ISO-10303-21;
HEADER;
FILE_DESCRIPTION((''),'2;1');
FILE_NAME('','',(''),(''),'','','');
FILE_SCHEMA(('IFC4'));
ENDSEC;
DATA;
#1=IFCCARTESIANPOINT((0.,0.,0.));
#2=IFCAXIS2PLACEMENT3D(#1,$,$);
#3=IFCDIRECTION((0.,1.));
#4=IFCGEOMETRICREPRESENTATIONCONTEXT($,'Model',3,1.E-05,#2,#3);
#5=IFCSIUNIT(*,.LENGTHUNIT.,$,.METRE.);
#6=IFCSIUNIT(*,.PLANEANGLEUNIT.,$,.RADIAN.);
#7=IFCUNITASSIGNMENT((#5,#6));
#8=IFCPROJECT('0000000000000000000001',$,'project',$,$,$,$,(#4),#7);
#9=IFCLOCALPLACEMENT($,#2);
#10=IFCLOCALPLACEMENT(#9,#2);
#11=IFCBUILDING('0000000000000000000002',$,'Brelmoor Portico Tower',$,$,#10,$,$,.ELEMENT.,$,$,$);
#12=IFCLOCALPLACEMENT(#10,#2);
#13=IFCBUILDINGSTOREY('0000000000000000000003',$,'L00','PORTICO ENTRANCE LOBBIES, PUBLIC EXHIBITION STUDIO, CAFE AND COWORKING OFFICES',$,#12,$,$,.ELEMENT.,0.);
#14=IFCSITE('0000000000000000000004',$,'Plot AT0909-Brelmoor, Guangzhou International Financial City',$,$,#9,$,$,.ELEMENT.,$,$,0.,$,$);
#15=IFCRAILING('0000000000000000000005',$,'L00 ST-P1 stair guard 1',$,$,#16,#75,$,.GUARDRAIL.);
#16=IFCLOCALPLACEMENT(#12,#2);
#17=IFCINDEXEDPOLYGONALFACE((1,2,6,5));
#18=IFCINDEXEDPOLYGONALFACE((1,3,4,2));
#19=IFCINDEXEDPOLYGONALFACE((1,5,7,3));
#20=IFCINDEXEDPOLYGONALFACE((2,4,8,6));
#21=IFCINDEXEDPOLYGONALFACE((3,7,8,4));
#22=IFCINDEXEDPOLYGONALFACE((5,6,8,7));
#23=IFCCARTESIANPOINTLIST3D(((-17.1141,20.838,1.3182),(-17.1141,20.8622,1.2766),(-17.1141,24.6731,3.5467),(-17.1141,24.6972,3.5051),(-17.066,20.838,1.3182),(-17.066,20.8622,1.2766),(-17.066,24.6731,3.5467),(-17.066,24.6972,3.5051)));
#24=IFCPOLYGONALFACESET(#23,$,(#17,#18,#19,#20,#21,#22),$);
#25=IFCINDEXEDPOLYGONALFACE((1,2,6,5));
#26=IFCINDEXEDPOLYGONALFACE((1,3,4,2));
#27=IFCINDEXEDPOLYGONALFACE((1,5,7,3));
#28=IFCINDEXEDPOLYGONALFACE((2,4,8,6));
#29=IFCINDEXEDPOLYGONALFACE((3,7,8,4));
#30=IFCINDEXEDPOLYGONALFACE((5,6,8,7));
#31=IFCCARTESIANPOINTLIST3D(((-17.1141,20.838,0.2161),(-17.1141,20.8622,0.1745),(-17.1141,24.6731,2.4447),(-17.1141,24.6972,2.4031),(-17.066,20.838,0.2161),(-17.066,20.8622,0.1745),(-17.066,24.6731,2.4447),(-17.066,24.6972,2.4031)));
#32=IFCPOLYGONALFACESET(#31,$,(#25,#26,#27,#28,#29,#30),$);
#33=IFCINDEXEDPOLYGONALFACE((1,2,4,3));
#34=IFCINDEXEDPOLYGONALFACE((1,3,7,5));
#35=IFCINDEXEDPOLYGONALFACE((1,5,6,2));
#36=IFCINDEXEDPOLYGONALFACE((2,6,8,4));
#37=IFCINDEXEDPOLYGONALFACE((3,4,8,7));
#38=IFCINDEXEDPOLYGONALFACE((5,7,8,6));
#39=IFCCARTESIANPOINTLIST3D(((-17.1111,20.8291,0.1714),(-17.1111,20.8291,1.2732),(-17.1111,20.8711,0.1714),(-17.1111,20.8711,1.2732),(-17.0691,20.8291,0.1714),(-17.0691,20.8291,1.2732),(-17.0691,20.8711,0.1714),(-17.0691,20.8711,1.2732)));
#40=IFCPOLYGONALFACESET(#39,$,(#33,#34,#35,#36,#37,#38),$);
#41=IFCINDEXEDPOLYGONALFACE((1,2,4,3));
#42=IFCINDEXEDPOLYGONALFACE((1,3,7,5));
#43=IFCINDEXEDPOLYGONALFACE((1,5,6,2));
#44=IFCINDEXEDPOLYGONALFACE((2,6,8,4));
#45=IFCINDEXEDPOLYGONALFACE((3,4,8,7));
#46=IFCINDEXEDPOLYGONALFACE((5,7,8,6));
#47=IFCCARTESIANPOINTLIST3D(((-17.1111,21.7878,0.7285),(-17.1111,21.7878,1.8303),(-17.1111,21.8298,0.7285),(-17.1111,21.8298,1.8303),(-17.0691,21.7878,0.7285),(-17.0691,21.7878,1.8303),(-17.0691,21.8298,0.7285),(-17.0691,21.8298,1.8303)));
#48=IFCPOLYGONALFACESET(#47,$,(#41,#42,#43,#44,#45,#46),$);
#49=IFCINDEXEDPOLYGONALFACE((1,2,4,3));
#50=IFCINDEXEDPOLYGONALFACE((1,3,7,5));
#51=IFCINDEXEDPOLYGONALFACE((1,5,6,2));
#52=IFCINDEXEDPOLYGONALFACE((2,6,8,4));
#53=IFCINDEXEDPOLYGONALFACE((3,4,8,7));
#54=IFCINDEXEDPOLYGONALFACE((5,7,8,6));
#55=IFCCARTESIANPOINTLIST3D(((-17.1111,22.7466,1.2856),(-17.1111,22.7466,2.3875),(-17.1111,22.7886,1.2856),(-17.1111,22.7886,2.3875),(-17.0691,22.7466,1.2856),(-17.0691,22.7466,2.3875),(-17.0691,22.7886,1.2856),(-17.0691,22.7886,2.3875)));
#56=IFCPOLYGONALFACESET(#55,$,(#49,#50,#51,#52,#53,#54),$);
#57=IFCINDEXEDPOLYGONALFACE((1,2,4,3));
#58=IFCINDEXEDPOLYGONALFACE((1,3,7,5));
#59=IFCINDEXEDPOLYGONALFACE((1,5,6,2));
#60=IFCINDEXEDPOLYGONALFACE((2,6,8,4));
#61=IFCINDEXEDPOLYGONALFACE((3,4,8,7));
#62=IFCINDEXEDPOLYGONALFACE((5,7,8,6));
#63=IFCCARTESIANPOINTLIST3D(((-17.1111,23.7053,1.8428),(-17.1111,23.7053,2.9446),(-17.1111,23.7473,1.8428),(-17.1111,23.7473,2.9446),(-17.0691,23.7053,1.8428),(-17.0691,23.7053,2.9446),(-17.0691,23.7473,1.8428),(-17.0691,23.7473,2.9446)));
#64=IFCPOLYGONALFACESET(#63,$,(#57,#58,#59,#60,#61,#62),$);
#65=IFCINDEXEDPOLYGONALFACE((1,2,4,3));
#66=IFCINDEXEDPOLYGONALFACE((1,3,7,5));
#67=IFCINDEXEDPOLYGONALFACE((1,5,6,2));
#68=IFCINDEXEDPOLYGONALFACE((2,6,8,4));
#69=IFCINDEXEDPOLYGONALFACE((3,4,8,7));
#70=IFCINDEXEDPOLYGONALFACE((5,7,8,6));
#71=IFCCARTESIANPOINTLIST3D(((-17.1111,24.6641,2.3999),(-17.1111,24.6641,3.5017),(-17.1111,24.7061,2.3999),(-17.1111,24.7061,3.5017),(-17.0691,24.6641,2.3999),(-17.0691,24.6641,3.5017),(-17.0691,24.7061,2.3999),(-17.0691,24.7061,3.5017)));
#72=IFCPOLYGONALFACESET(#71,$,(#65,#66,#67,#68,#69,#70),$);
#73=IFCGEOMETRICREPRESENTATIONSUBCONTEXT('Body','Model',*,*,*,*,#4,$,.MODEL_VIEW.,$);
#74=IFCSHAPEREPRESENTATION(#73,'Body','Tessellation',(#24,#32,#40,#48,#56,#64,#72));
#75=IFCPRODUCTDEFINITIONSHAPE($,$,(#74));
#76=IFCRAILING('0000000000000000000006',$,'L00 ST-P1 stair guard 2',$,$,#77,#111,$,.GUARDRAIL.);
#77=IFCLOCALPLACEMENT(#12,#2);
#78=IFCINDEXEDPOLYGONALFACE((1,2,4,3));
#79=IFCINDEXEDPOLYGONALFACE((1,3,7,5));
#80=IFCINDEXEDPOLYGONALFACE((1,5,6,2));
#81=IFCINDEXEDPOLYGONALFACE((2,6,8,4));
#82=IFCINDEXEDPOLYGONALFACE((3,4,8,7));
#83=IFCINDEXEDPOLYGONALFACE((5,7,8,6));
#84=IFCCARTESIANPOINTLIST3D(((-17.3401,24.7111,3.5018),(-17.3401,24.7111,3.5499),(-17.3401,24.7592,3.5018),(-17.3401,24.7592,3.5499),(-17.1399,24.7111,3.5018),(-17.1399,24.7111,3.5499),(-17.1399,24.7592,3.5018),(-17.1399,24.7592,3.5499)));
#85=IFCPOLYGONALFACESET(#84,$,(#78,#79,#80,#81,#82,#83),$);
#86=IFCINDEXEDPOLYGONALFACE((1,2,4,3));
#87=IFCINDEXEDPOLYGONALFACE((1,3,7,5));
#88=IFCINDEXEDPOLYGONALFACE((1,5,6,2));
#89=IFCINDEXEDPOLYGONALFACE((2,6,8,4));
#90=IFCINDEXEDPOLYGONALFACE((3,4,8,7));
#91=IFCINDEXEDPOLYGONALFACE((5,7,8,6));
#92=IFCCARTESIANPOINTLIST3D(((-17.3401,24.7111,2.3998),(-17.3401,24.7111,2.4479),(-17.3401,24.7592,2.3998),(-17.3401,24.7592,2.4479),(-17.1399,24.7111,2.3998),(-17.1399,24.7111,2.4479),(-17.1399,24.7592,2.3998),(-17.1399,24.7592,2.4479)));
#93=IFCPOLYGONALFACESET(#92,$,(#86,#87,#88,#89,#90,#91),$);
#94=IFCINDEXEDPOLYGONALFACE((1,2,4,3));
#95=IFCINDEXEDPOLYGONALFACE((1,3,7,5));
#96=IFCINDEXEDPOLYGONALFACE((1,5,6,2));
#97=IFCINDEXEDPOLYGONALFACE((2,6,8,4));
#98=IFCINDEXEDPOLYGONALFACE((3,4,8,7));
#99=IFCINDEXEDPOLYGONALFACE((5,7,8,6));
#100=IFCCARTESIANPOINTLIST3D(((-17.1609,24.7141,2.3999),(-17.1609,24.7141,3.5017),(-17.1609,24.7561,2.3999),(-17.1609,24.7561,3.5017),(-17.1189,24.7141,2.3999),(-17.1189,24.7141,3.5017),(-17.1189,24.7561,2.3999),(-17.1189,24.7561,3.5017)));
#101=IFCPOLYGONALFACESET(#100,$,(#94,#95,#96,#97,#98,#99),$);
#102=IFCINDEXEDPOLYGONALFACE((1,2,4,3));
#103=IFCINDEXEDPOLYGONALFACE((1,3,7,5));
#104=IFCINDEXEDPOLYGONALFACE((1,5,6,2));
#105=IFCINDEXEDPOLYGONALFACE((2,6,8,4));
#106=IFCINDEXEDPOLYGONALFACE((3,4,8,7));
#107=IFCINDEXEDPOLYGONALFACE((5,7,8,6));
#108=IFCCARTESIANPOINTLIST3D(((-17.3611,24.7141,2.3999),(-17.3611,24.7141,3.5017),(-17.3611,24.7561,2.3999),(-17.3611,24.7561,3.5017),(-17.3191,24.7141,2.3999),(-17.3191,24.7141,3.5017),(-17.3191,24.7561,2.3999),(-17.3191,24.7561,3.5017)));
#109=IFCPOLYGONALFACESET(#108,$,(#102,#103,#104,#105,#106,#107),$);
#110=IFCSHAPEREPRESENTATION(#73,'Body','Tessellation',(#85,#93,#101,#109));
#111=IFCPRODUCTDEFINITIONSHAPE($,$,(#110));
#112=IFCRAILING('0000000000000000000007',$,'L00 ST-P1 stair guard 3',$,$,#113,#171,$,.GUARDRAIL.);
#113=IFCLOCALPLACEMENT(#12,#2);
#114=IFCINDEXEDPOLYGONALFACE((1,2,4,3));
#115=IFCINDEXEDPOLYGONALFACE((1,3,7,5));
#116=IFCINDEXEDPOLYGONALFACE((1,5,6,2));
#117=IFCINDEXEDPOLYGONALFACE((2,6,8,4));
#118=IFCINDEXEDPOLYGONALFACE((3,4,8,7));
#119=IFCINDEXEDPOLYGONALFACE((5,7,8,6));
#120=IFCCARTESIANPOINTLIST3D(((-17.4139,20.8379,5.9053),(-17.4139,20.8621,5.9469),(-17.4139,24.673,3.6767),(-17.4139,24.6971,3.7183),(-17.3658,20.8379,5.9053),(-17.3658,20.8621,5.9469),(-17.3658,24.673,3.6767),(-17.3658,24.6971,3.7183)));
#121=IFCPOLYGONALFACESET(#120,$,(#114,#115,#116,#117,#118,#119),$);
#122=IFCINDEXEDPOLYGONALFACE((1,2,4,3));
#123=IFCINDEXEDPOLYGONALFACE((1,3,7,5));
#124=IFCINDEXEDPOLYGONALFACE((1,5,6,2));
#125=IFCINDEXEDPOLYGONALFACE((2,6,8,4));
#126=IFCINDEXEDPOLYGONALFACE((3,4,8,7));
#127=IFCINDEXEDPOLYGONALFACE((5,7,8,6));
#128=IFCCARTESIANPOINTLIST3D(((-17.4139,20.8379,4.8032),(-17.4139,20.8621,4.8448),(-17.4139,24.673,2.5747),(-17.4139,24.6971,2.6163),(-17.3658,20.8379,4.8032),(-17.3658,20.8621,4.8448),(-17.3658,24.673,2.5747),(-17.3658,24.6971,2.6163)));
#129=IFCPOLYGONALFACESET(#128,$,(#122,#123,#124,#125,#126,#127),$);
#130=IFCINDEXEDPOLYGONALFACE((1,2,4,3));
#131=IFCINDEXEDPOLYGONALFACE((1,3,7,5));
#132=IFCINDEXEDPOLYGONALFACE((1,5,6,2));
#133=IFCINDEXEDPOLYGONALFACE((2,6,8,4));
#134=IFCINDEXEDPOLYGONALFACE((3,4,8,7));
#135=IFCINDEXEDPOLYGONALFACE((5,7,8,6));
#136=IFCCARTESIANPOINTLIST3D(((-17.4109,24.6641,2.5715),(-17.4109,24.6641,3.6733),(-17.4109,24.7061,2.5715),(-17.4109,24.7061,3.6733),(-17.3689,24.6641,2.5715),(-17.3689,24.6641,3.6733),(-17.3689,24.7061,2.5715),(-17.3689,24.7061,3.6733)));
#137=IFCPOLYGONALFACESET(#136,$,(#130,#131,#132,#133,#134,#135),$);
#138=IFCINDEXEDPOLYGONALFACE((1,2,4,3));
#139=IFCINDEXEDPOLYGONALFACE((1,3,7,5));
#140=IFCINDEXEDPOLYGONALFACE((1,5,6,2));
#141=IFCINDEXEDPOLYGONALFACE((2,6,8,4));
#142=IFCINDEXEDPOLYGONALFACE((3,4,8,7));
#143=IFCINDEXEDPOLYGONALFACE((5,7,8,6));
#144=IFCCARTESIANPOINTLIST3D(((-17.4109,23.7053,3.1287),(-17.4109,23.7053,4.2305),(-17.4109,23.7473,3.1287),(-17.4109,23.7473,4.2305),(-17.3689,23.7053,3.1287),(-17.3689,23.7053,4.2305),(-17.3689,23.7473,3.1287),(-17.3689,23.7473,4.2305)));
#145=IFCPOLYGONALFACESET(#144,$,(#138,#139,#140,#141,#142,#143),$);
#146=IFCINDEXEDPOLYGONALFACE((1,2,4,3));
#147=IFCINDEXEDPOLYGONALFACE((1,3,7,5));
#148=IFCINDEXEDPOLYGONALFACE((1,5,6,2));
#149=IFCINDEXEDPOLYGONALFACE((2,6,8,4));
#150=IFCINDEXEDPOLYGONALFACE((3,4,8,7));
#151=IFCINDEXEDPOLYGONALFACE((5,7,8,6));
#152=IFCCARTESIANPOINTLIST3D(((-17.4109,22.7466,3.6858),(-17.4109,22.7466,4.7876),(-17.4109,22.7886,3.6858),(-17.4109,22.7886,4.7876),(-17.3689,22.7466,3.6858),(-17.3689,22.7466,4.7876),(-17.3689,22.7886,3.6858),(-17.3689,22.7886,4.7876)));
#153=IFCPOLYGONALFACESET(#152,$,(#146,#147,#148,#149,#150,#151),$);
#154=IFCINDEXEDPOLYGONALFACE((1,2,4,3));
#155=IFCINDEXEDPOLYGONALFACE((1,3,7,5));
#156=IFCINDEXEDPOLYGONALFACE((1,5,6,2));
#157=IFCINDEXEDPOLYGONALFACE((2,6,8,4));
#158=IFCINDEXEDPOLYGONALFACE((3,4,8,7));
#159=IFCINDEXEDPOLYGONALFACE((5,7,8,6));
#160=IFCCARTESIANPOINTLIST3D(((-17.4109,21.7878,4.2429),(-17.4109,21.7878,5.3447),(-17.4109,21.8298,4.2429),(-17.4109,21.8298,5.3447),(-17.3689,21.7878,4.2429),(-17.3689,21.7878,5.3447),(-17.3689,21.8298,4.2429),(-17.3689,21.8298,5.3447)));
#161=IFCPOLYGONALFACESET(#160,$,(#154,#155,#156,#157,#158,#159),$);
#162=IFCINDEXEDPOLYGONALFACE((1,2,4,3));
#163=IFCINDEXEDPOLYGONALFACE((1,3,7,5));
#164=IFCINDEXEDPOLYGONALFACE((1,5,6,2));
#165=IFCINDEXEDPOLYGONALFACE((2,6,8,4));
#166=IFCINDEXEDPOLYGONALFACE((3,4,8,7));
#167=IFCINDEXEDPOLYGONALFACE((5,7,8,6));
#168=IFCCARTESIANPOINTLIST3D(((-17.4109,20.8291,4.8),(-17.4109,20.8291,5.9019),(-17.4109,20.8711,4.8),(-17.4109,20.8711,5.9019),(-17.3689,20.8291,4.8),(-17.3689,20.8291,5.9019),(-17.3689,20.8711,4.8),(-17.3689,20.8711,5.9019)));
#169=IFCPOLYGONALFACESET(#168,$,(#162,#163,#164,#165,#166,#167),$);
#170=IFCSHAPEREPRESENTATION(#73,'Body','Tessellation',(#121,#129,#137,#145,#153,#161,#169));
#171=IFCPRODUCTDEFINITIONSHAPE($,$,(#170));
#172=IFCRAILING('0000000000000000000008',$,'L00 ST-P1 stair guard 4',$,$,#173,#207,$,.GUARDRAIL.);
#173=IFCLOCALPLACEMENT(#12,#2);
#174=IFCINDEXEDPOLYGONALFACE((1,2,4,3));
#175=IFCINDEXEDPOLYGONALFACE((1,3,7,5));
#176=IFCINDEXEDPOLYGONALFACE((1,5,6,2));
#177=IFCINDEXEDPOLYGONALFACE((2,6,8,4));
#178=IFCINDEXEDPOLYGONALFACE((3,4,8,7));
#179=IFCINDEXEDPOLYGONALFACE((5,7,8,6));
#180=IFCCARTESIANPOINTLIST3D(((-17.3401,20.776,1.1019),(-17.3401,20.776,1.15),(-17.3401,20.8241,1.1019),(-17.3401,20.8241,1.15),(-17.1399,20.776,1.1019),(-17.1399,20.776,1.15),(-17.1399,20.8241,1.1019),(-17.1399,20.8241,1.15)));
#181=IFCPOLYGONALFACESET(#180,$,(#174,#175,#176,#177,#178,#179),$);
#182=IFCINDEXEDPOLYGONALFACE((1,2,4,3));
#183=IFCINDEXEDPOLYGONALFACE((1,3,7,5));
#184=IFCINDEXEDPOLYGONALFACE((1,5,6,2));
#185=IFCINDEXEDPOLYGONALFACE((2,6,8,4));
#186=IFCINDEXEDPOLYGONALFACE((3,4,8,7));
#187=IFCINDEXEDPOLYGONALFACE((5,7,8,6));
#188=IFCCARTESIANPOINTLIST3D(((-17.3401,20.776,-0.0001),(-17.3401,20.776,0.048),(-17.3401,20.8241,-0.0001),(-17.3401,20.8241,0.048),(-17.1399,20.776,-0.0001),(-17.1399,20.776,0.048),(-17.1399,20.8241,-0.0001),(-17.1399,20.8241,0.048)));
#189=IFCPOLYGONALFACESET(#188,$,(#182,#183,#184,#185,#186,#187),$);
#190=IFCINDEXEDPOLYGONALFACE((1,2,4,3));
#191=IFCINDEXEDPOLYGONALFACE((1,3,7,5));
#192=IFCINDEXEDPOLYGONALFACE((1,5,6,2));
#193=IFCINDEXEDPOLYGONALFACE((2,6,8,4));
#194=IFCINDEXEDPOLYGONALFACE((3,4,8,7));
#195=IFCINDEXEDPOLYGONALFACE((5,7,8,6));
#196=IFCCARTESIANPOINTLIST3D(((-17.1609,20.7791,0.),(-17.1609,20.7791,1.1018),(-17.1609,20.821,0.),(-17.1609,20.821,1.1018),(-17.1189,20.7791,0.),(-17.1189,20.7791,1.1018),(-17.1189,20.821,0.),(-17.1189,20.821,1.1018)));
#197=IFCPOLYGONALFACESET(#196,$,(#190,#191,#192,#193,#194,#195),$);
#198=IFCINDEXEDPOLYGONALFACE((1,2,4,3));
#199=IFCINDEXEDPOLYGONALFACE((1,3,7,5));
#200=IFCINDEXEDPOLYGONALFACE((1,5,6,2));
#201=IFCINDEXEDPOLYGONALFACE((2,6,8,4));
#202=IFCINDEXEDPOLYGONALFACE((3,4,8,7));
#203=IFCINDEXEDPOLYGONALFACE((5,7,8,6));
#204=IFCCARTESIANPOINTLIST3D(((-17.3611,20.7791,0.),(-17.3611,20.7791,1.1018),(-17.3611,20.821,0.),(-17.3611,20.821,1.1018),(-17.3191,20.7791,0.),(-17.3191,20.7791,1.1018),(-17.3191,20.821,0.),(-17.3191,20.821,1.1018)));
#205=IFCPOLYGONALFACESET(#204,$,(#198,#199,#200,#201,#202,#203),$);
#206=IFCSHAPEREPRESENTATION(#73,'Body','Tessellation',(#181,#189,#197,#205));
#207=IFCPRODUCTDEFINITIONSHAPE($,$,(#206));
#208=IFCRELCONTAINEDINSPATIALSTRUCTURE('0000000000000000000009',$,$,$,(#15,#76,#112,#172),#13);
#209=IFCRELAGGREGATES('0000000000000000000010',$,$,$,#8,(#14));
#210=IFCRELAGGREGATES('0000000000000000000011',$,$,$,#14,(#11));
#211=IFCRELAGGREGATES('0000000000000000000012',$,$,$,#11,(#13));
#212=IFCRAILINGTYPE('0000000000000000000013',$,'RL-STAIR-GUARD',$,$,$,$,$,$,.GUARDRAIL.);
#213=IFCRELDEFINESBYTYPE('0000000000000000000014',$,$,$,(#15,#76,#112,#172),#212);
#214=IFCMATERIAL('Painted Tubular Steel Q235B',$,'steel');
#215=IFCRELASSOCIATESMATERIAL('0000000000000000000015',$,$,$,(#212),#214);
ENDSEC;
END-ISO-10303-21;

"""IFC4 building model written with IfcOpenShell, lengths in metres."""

from ifc_helpers import new_model, si_unit, direction, frame, origin, origin_2d, place, context, subcontext, project, spatial, rectangle, extrude, material, type_object, element, save


model = new_model("IFC4")

# Units and contexts
model_context = context("Model", 3, precision=1e-05, world=origin(), true_north=direction((0.0, 1.0)))
body_context = subcontext(model_context, "Body", "Model", "MODEL_VIEW")
ifc_project = project(units=[si_unit("LENGTHUNIT", "METRE"), si_unit("PLANEANGLEUNIT", "RADIAN")], contexts=[model_context])

# Site, building, storey
site_placement = place(None, origin())
site = spatial("IfcSite", under=ifc_project, at=site_placement, Name="Plot AT0909-Brelmoor, Guangzhou International Financial City", CompositionType="ELEMENT", RefElevation=0.0)
building_placement = place(site_placement, origin())
building = spatial("IfcBuilding", under=site, at=building_placement, Name="Brelmoor Portico Tower", CompositionType="ELEMENT")
storey_placement = place(building_placement, origin())
storey = spatial("IfcBuildingStorey", under=building, at=storey_placement, Name="L00", Description="PORTICO ENTRANCE LOBBIES, PUBLIC EXHIBITION STUDIO, CAFE AND COWORKING OFFICES", CompositionType="ELEMENT", Elevation=0.0)

# Railings
ifc_material_1 = material(Name="Painted Tubular Steel Q235B", Category="steel")
railing_type_1 = type_object("IfcRailingType", Name="RL-STAIR-GUARD", PredefinedType="GUARDRAIL", material=ifc_material_1)
railing_1_placement = place(storey_placement, frame((-17.0901, 20.8501, 0.1714)))
element("IfcRailing", 1, at=railing_1_placement, inside=storey, type_object=railing_type_1, Name="L00 ST-P1 stair guard 1", PredefinedType="GUARDRAIL", context=body_context, shape_type="SweptSolid", body=[
    extrude(rectangle(XDim=0.0481, YDim=0.0481, at=origin_2d()), frame((0.0, 0.0, 1.126), z_axis=(0.0, 0.864616, 0.502433), x_axis=(-1.0, 0.0, 0.0)), (0.0, 0.0, 1.0), 4.4355),
    extrude(rectangle(XDim=0.0481, YDim=0.0481, at=origin_2d()), frame((0.0, 0.0, 0.0239), z_axis=(0.0, 0.864616, 0.502433), x_axis=(-1.0, 0.0, 0.0)), (0.0, 0.0, 1.0), 4.4355),
    extrude(rectangle(XDim=0.042, YDim=0.042, at=origin_2d()), origin(), (0.0, 0.0, 1.0), 1.1018),
    extrude(rectangle(XDim=0.042, YDim=0.042, at=origin_2d()), frame((0.0, 0.9587, 0.5571)), (0.0, 0.0, 1.0), 1.1018),
    extrude(rectangle(XDim=0.042, YDim=0.042, at=origin_2d()), frame((0.0, 1.9175, 1.1143)), (0.0, 0.0, 1.0), 1.1018),
    extrude(rectangle(XDim=0.042, YDim=0.042, at=origin_2d()), frame((0.0, 2.8762, 1.6714)), (0.0, 0.0, 1.0), 1.1018),
    extrude(rectangle(XDim=0.042, YDim=0.042, at=origin_2d()), frame((0.0, 3.835, 2.2285)), (0.0, 0.0, 1.0), 1.1018),
])
railing_2_placement = place(storey_placement, frame((-17.1399, 24.7351, 2.3999)))
element("IfcRailing", 2, at=railing_2_placement, inside=storey, type_object=railing_type_1, Name="L00 ST-P1 stair guard 2", PredefinedType="GUARDRAIL", context=body_context, shape_type="SweptSolid", body=[
    extrude(rectangle(XDim=0.0481, YDim=0.0481, at=origin_2d()), frame((0.0, 0.0, 1.126), z_axis=(-1.0, 0.0, 0.0), x_axis=(0.0, -1.0, 0.0)), (0.0, 0.0, 1.0), 0.2002),
    extrude(rectangle(XDim=0.0481, YDim=0.0481, at=origin_2d()), frame((0.0, 0.0, 0.0239), z_axis=(-1.0, 0.0, 0.0), x_axis=(0.0, -1.0, 0.0)), (0.0, 0.0, 1.0), 0.2002),
    extrude(rectangle(XDim=0.042, YDim=0.042, at=origin_2d()), origin(), (0.0, 0.0, 1.0), 1.1018),
    extrude(rectangle(XDim=0.042, YDim=0.042, at=origin_2d()), frame((-0.2002, 0.0, 0.0)), (0.0, 0.0, 1.0), 1.1018),
])
railing_3_placement = place(storey_placement, frame((-17.3899, 24.6851, 2.5715)))
element("IfcRailing", 3, at=railing_3_placement, inside=storey, type_object=railing_type_1, Name="L00 ST-P1 stair guard 3", PredefinedType="GUARDRAIL", context=body_context, shape_type="SweptSolid", body=[
    extrude(rectangle(XDim=0.0481, YDim=0.0481, at=origin_2d()), frame((0.0, 0.0, 1.126), z_axis=(0.0, -0.864616, 0.502433), x_axis=(1.0, 0.0, 0.0)), (0.0, 0.0, 1.0), 4.4355),
    extrude(rectangle(XDim=0.0481, YDim=0.0481, at=origin_2d()), frame((0.0, 0.0, 0.0239), z_axis=(0.0, -0.864616, 0.502433), x_axis=(1.0, 0.0, 0.0)), (0.0, 0.0, 1.0), 4.4355),
    extrude(rectangle(XDim=0.042, YDim=0.042, at=origin_2d()), origin(), (0.0, 0.0, 1.0), 1.1018),
    extrude(rectangle(XDim=0.042, YDim=0.042, at=origin_2d()), frame((0.0, -0.9587, 0.5571)), (0.0, 0.0, 1.0), 1.1018),
    extrude(rectangle(XDim=0.042, YDim=0.042, at=origin_2d()), frame((0.0, -1.9175, 1.1143)), (0.0, 0.0, 1.0), 1.1018),
    extrude(rectangle(XDim=0.042, YDim=0.042, at=origin_2d()), frame((0.0, -2.8762, 1.6714)), (0.0, 0.0, 1.0), 1.1018),
    extrude(rectangle(XDim=0.042, YDim=0.042, at=origin_2d()), frame((0.0, -3.835, 2.2285)), (0.0, 0.0, 1.0), 1.1018),
])
railing_4_placement = place(storey_placement, frame((-17.1399, 20.8, 0.0)))
element("IfcRailing", 4, at=railing_4_placement, inside=storey, type_object=railing_type_1, Name="L00 ST-P1 stair guard 4", PredefinedType="GUARDRAIL", context=body_context, shape_type="SweptSolid", body=[
    extrude(rectangle(XDim=0.0481, YDim=0.0481, at=origin_2d()), frame((0.0, 0.0, 1.126), z_axis=(-1.0, 0.0, 0.0), x_axis=(0.0, -1.0, 0.0)), (0.0, 0.0, 1.0), 0.2002),
    extrude(rectangle(XDim=0.0481, YDim=0.0481, at=origin_2d()), frame((0.0, 0.0, 0.0239), z_axis=(-1.0, 0.0, 0.0), x_axis=(0.0, -1.0, 0.0)), (0.0, 0.0, 1.0), 0.2002),
    extrude(rectangle(XDim=0.042, YDim=0.042, at=origin_2d()), origin(), (0.0, 0.0, 1.0), 1.1018),
    extrude(rectangle(XDim=0.042, YDim=0.042, at=origin_2d()), frame((-0.2002, 0.0, 0.0)), (0.0, 0.0, 1.0), 1.1018),
])

save(model, "model.ifc")
